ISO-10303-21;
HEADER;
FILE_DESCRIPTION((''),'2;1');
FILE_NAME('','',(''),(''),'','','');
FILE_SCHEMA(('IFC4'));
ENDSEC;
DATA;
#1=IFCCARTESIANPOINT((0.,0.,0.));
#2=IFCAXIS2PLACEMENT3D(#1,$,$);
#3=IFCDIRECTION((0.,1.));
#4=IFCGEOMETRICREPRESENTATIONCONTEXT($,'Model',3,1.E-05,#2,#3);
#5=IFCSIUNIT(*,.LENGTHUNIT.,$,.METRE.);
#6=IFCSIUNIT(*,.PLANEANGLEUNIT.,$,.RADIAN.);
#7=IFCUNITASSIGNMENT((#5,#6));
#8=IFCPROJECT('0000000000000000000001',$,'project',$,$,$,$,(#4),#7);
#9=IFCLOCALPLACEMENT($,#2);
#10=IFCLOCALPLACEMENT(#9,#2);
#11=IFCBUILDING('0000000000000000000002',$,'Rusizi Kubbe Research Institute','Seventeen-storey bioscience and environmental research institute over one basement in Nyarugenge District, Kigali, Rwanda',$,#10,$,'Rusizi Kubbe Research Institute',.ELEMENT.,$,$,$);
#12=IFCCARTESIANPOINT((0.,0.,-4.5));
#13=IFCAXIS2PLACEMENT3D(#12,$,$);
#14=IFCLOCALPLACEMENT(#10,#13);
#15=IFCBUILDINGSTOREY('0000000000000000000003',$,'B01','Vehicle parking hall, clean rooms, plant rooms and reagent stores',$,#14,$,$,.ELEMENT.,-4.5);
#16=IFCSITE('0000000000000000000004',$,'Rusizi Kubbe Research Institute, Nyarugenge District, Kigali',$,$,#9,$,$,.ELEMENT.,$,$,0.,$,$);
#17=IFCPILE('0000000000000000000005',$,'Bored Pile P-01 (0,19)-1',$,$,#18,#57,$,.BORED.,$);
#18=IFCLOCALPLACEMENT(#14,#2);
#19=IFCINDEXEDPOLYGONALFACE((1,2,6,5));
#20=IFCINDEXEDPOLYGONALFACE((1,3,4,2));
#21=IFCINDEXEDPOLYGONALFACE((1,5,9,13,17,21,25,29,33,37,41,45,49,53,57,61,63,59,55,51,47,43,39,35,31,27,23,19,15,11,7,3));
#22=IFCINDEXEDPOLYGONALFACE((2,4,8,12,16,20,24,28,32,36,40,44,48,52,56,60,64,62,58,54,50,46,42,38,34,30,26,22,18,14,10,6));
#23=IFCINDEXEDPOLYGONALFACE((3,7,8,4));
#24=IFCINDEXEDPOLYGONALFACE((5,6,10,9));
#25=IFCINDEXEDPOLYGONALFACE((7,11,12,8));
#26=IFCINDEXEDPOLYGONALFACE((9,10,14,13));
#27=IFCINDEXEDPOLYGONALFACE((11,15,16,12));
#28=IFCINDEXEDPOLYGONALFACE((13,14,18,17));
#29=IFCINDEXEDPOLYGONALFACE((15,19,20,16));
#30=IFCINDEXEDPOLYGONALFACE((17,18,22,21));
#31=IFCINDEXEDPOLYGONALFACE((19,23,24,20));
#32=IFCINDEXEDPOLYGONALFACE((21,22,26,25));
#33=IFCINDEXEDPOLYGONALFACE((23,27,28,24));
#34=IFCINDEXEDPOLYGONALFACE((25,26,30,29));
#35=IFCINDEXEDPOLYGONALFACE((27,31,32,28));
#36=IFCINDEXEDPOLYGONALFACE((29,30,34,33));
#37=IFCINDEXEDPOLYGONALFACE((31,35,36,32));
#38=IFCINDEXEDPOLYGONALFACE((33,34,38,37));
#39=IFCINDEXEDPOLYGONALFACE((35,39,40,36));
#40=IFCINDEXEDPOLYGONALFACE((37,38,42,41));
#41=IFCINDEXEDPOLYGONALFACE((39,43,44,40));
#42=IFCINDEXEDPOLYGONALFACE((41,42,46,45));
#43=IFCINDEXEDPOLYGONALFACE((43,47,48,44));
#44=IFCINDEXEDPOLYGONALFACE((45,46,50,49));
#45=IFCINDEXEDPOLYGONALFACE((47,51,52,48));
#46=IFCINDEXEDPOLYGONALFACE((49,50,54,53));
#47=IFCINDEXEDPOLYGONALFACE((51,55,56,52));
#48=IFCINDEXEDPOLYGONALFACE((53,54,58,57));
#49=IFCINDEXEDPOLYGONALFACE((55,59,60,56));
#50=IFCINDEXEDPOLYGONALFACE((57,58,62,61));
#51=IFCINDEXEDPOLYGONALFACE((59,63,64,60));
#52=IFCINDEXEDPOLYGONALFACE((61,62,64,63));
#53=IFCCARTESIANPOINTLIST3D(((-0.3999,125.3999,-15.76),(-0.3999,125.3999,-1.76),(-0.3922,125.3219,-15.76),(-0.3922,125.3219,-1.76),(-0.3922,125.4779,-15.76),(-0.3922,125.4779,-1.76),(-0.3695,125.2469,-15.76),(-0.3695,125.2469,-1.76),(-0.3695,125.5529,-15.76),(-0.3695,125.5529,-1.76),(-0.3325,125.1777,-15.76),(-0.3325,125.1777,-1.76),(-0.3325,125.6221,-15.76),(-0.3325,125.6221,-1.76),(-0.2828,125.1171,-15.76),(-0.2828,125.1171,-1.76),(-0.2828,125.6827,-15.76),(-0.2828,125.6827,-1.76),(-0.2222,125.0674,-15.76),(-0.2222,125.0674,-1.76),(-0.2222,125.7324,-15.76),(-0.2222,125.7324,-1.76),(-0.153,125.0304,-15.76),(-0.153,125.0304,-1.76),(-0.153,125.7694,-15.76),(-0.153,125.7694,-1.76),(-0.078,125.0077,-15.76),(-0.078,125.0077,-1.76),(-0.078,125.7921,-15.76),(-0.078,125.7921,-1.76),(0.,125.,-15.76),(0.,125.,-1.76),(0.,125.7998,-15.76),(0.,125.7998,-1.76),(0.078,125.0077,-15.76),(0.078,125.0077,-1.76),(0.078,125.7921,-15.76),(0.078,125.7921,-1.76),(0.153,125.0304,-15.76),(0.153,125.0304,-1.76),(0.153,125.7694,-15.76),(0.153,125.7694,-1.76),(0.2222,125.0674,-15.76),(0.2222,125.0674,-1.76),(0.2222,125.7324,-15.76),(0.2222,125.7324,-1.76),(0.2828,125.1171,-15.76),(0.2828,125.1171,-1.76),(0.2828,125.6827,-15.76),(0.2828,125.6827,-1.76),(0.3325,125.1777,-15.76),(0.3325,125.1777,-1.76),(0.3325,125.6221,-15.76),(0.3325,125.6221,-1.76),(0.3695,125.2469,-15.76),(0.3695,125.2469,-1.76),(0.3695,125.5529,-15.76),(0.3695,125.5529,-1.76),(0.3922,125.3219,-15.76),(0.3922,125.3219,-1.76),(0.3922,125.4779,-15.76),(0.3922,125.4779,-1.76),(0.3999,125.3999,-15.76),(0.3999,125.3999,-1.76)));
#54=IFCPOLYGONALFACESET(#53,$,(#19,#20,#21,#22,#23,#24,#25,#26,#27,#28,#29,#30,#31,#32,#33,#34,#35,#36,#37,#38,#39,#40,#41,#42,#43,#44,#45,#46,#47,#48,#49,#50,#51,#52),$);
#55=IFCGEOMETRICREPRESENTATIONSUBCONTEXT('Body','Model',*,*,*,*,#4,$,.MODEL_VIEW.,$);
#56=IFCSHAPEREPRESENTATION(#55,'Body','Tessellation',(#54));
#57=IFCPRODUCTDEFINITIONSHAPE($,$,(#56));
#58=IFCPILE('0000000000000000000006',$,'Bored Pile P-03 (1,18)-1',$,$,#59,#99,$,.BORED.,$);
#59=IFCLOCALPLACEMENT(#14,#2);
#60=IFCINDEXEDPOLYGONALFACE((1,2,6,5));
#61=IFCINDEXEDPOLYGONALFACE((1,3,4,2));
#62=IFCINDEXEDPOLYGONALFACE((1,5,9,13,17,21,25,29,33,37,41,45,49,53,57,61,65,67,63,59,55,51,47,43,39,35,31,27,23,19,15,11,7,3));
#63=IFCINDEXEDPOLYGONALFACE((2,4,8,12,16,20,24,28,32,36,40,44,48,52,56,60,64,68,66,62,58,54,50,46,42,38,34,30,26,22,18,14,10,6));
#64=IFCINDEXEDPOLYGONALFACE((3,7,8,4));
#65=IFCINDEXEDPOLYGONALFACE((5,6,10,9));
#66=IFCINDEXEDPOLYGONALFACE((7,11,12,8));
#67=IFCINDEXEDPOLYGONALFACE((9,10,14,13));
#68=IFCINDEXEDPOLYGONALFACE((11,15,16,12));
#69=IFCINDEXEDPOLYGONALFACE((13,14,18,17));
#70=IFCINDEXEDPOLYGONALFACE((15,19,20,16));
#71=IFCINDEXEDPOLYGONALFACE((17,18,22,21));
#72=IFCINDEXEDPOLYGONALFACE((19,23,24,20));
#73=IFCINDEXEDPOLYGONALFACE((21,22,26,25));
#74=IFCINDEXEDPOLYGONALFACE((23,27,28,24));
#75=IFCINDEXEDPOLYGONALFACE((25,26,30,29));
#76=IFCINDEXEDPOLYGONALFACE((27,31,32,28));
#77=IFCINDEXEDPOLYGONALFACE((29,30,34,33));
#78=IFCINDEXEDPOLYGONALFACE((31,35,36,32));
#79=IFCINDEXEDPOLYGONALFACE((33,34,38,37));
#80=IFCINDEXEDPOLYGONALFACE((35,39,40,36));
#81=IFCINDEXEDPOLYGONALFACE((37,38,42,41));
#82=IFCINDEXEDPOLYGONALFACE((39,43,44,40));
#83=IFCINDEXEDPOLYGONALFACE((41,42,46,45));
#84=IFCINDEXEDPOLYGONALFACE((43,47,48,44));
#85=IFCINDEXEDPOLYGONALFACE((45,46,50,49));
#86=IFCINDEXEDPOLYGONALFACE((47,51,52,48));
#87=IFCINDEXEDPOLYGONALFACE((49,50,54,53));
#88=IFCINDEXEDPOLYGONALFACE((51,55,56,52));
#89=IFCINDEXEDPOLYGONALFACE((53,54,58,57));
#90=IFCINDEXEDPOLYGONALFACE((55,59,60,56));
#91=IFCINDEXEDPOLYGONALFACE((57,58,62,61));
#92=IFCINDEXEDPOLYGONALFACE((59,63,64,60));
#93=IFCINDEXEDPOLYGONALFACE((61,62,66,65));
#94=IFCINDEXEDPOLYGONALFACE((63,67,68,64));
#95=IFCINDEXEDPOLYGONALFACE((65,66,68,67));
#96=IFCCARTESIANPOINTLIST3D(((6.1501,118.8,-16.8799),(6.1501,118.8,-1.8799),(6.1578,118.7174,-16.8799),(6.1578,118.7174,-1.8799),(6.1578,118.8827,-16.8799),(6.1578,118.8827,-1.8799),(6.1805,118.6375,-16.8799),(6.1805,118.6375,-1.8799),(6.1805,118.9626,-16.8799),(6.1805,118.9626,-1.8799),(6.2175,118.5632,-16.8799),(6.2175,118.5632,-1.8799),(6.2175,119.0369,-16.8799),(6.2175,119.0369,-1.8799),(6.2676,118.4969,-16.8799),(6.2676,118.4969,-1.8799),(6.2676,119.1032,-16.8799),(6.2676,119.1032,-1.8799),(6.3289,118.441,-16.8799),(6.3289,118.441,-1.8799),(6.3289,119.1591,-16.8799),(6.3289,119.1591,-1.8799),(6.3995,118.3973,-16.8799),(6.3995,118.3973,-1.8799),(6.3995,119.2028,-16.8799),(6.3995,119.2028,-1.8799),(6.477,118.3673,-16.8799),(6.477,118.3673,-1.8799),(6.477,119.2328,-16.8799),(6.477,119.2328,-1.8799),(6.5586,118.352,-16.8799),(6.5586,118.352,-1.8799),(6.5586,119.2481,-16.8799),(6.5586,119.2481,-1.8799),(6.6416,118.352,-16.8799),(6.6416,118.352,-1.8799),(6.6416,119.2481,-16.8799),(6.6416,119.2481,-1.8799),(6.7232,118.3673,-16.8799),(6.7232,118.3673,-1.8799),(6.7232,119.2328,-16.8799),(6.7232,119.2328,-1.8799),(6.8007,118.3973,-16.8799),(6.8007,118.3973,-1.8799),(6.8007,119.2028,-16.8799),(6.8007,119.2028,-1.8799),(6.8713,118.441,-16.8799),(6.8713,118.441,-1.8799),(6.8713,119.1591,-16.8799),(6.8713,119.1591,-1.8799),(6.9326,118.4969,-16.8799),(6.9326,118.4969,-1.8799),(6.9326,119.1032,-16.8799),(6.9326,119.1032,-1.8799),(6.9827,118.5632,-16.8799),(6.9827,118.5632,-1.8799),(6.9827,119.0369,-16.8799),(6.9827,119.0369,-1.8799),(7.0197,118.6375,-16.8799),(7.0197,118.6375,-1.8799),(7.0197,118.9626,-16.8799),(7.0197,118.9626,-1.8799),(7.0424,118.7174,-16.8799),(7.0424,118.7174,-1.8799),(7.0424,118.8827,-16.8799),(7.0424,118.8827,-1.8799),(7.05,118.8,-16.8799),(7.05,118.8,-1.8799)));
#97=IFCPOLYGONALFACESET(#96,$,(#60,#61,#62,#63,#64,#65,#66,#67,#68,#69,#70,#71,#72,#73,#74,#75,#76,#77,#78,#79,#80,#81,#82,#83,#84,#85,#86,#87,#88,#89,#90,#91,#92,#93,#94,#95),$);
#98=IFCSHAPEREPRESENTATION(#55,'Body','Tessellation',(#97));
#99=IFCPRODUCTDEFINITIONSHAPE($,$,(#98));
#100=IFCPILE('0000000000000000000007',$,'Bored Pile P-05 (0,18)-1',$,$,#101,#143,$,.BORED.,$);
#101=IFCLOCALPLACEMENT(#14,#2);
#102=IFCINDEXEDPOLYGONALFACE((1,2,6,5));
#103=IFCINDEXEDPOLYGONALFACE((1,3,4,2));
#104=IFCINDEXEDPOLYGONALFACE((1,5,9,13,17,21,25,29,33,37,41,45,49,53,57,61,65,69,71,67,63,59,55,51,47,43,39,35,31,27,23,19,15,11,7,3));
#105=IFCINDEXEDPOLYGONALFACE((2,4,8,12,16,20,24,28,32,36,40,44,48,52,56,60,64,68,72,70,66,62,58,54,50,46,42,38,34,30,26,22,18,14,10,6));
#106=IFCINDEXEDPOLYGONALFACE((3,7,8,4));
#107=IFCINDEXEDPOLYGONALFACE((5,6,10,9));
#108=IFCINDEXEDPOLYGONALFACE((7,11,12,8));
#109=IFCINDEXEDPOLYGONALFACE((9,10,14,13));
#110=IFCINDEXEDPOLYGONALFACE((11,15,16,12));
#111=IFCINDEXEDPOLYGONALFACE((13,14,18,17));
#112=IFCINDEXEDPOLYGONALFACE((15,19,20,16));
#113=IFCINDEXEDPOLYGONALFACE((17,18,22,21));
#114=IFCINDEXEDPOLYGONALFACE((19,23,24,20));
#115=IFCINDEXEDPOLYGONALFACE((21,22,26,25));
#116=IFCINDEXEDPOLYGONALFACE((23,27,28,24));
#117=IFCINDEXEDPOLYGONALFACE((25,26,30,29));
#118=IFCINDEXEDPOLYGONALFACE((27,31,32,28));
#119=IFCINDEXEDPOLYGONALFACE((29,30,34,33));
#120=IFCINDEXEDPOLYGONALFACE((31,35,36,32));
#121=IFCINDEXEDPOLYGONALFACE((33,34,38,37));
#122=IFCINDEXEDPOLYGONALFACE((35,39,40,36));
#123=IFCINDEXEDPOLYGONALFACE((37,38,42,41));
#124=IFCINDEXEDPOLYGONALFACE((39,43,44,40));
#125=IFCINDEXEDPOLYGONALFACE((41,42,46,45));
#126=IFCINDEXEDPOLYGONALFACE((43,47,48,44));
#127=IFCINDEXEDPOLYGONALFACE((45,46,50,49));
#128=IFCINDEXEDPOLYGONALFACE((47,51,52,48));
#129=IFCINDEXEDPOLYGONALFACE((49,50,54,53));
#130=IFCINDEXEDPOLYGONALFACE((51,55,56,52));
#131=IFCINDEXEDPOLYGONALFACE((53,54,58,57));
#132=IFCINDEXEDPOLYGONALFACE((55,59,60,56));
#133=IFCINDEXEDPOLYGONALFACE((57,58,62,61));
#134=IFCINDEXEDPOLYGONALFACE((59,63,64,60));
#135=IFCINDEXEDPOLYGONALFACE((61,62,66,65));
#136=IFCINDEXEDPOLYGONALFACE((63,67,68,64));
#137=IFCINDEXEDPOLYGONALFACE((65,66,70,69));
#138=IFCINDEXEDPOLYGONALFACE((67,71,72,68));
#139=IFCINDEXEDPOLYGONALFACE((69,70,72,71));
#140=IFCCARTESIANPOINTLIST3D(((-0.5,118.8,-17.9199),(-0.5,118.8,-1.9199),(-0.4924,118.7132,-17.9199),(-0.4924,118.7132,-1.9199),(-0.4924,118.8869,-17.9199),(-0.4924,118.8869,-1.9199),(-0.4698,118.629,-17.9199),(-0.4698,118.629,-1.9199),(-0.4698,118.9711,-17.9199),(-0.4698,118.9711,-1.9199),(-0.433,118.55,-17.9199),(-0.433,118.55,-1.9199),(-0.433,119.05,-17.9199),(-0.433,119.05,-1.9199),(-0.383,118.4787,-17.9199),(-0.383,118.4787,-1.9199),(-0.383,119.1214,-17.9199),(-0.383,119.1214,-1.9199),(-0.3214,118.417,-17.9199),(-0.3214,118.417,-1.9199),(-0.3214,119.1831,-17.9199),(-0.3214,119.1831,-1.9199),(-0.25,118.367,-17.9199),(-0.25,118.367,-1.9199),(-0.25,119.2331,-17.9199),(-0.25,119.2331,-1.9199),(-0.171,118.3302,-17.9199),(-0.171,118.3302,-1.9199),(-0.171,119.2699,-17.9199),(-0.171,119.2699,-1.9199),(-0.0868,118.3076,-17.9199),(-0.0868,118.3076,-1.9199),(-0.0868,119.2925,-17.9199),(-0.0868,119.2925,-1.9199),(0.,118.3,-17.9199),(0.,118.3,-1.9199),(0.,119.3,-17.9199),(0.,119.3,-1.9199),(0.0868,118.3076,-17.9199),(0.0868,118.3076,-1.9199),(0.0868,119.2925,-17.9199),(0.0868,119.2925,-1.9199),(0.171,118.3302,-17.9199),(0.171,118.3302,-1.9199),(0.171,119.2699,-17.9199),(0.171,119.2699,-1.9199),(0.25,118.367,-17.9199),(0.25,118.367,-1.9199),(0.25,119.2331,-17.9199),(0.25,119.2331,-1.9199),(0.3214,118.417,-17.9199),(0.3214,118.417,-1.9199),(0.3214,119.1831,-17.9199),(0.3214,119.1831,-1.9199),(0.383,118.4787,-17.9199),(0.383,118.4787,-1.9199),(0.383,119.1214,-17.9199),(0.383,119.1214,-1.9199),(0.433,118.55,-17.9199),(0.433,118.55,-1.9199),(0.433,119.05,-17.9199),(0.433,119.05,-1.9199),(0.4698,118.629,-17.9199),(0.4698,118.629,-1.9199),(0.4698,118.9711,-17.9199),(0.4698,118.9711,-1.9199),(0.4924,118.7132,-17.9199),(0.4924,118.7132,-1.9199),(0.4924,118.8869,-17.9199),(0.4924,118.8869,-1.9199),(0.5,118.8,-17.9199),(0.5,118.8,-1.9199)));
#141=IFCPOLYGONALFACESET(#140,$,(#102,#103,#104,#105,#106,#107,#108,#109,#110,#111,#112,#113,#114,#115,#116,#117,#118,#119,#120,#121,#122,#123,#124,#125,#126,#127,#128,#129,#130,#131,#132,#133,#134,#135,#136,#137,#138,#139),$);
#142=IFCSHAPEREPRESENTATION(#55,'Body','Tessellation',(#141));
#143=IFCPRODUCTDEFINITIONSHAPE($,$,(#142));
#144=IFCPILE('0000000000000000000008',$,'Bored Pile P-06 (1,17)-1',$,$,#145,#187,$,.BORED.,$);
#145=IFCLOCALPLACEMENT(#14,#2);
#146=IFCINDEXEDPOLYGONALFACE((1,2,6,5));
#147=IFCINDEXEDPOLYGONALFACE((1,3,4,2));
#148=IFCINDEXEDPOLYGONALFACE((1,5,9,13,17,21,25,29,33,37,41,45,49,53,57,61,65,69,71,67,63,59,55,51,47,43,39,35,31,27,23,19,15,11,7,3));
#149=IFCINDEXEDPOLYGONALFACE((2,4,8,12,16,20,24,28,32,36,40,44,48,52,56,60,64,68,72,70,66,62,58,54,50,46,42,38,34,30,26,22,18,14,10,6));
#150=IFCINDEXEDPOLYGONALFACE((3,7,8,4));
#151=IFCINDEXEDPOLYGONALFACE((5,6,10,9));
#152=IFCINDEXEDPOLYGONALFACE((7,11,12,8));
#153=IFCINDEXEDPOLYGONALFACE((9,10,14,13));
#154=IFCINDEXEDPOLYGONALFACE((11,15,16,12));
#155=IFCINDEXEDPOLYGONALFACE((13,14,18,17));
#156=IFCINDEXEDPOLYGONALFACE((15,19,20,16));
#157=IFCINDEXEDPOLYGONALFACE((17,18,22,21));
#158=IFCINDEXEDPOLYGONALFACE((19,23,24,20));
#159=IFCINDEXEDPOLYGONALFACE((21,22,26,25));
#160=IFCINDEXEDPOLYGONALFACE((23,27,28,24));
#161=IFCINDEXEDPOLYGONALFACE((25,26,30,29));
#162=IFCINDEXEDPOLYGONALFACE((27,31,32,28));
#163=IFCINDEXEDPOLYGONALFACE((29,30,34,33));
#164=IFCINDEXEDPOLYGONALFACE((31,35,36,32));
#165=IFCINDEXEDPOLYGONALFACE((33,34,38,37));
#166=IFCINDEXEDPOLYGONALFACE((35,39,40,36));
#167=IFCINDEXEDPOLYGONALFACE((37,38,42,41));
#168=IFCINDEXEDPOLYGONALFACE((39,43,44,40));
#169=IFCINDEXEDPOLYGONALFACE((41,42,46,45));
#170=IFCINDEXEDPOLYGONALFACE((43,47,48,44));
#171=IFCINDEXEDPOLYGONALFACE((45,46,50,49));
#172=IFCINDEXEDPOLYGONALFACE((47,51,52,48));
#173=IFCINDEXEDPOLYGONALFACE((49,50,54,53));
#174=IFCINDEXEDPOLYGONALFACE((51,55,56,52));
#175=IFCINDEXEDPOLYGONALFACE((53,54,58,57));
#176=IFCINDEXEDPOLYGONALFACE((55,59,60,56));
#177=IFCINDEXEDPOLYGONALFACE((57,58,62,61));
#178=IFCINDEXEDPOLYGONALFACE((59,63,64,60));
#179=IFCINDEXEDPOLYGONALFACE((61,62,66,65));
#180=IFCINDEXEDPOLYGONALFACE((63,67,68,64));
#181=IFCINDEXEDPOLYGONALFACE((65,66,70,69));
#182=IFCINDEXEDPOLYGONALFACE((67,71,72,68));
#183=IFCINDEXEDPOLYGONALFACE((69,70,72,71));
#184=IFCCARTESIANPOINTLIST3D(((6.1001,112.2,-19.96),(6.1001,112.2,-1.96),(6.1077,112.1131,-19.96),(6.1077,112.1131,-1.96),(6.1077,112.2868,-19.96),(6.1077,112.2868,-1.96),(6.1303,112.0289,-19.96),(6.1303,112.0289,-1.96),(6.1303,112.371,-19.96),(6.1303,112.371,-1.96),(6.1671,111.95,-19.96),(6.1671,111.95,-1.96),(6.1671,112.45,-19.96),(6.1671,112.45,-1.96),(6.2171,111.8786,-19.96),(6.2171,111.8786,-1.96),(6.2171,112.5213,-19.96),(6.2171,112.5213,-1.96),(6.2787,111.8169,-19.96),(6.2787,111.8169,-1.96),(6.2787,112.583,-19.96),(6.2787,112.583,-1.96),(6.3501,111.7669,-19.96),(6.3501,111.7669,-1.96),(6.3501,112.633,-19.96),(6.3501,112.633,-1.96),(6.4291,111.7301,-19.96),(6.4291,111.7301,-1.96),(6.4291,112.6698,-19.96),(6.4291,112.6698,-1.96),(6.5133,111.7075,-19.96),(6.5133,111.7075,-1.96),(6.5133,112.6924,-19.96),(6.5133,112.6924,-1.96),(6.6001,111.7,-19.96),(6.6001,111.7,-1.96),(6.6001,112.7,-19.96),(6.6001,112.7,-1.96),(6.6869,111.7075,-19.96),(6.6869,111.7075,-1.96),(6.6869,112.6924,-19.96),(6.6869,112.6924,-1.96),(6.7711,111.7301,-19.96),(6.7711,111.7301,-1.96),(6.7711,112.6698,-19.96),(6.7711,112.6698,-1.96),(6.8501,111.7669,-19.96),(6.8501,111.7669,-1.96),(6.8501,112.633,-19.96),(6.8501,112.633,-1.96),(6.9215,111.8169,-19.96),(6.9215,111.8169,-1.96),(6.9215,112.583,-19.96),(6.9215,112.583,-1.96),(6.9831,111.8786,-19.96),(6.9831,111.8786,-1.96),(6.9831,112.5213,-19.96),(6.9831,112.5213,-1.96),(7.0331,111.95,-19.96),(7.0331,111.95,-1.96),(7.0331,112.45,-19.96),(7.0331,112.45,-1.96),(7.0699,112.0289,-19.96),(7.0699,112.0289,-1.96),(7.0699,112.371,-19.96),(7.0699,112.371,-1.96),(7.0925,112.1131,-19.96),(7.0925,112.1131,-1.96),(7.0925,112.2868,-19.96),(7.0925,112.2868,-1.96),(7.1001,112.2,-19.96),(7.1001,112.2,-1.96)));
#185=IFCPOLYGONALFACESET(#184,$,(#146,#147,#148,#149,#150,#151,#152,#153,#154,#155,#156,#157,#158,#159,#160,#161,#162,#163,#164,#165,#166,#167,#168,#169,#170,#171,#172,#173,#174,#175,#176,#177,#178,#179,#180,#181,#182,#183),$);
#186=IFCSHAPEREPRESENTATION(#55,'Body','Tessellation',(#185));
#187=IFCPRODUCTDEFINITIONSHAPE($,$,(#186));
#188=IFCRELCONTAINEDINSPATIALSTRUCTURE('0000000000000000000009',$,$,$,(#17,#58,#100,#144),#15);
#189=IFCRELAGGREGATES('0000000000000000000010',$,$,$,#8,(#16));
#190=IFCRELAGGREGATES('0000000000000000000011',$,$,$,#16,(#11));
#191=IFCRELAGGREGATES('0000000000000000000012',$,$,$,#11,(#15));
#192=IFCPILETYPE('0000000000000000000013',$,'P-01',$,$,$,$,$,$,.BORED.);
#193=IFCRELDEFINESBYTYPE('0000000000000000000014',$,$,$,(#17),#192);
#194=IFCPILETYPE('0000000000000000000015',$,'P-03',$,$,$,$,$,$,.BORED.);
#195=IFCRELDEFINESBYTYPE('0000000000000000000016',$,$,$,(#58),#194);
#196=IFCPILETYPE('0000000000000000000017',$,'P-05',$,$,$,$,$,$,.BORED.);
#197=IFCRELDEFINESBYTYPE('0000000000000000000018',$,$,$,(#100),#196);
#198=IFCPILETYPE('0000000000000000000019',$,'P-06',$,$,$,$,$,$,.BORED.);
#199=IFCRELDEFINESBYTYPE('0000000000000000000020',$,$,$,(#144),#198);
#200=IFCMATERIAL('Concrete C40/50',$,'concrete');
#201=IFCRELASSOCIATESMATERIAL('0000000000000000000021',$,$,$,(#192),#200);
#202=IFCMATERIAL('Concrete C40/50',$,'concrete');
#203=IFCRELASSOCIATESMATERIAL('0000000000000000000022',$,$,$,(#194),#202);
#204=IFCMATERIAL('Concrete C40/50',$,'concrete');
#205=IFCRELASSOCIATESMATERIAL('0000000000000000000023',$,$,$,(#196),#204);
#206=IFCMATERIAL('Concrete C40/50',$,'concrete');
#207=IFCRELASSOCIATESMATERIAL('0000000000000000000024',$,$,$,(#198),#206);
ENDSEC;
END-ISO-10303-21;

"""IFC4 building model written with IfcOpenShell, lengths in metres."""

from ifc_helpers import new_model, si_unit, direction, frame, origin, origin_2d, place, context, subcontext, project, spatial, circle, extrude, material, material_profile, profile_set, type_object, element, save


model = new_model("IFC4")

# Units and contexts
model_context = context("Model", 3, precision=1e-05, world=origin(), true_north=direction((0.0, 1.0)))
body_context = subcontext(model_context, "Body", "Model", "MODEL_VIEW")
ifc_project = project(units=[si_unit("LENGTHUNIT", "METRE"), si_unit("PLANEANGLEUNIT", "RADIAN")], contexts=[model_context])

# Site, building, storey
site_placement = place(None, origin())
site = spatial("IfcSite", under=ifc_project, at=site_placement, Name="Rusizi Kubbe Research Institute, Nyarugenge District, Kigali", CompositionType="ELEMENT", RefElevation=0.0)
building_placement = place(site_placement, origin())
building = spatial("IfcBuilding", under=site, at=building_placement, Name="Rusizi Kubbe Research Institute", Description="Seventeen-storey bioscience and environmental research institute over one basement in Nyarugenge District, Kigali, Rwanda", LongName="Rusizi Kubbe Research Institute", CompositionType="ELEMENT")
storey_placement = place(building_placement, frame((0.0, 0.0, -4.5)))
storey = spatial("IfcBuildingStorey", under=building, at=storey_placement, Name="B01", Description="Vehicle parking hall, clean rooms, plant rooms and reagent stores", CompositionType="ELEMENT", Elevation=-4.5)

# Piles
ifc_material_1 = material(Name="Concrete C40/50", Category="concrete")
ifc_material_profile_1 = material_profile(ifc_material_1, circle(Radius=0.3999, at=origin_2d()), Name="PILE-D800")
ifc_profile_set_1 = profile_set([ifc_material_profile_1], Name="Concrete C40/50")
pile_type_1 = type_object("IfcPileType", Name="P-01", PredefinedType="BORED", material=ifc_profile_set_1)
pile_1_placement = place(storey_placement, frame((0.0, 125.3999, -1.76), z_axis=(0.0, 0.0, -1.0), x_axis=(1.0, 0.0, 0.0)))
element("IfcPile", 1, at=pile_1_placement, inside=storey, type_object=pile_type_1, Name="Bored Pile P-01 (0,19)-1", PredefinedType="BORED", context=body_context, shape_type="SweptSolid", body=[
    extrude(circle(Radius=0.3999, at=origin_2d()), origin(), (0.0, 0.0, 1.0), 14.0),
])
ifc_material_2 = material(Name="Concrete C40/50", Category="concrete")
ifc_material_profile_2 = material_profile(ifc_material_2, circle(Radius=0.45, at=origin_2d()), Name="PILE-D900")
ifc_profile_set_2 = profile_set([ifc_material_profile_2], Name="Concrete C40/50")
pile_type_2 = type_object("IfcPileType", Name="P-03", PredefinedType="BORED", material=ifc_profile_set_2)
pile_2_placement = place(storey_placement, frame((6.6001, 118.8, -1.8799), z_axis=(0.0, 0.0, -1.0), x_axis=(1.0, 0.0, 0.0)))
element("IfcPile", 2, at=pile_2_placement, inside=storey, type_object=pile_type_2, Name="Bored Pile P-03 (1,18)-1", PredefinedType="BORED", context=body_context, shape_type="SweptSolid", body=[
    extrude(circle(Radius=0.45, at=origin_2d()), origin(), (0.0, 0.0, 1.0), 15.0),
])
ifc_material_3 = material(Name="Concrete C40/50", Category="concrete")
ifc_material_profile_3 = material_profile(ifc_material_3, circle(Radius=0.5, at=origin_2d()), Name="PILE-D1000")
ifc_profile_set_3 = profile_set([ifc_material_profile_3], Name="Concrete C40/50")
pile_type_3 = type_object("IfcPileType", Name="P-05", PredefinedType="BORED", material=ifc_profile_set_3)
pile_3_placement = place(storey_placement, frame((0.0, 118.8, -1.9199), z_axis=(0.0, 0.0, -1.0), x_axis=(1.0, 0.0, 0.0)))
element("IfcPile", 3, at=pile_3_placement, inside=storey, type_object=pile_type_3, Name="Bored Pile P-05 (0,18)-1", PredefinedType="BORED", context=body_context, shape_type="SweptSolid", body=[
    extrude(circle(Radius=0.5, at=origin_2d()), origin(), (0.0, 0.0, 1.0), 16.0),
])
ifc_material_4 = material(Name="Concrete C40/50", Category="concrete")
ifc_material_profile_4 = material_profile(ifc_material_4, circle(Radius=0.5, at=origin_2d()), Name="PILE-D1000")
ifc_profile_set_4 = profile_set([ifc_material_profile_4], Name="Concrete C40/50")
pile_type_4 = type_object("IfcPileType", Name="P-06", PredefinedType="BORED", material=ifc_profile_set_4)
pile_4_placement = place(storey_placement, frame((6.6001, 112.2, -1.96), z_axis=(0.0, 0.0, -1.0), x_axis=(1.0, 0.0, 0.0)))
element("IfcPile", 4, at=pile_4_placement, inside=storey, type_object=pile_type_4, Name="Bored Pile P-06 (1,17)-1", PredefinedType="BORED", context=body_context, shape_type="SweptSolid", body=[
    extrude(circle(Radius=0.5, at=origin_2d()), origin(), (0.0, 0.0, 1.0), 18.0),
])

save(model, "model.ifc")
